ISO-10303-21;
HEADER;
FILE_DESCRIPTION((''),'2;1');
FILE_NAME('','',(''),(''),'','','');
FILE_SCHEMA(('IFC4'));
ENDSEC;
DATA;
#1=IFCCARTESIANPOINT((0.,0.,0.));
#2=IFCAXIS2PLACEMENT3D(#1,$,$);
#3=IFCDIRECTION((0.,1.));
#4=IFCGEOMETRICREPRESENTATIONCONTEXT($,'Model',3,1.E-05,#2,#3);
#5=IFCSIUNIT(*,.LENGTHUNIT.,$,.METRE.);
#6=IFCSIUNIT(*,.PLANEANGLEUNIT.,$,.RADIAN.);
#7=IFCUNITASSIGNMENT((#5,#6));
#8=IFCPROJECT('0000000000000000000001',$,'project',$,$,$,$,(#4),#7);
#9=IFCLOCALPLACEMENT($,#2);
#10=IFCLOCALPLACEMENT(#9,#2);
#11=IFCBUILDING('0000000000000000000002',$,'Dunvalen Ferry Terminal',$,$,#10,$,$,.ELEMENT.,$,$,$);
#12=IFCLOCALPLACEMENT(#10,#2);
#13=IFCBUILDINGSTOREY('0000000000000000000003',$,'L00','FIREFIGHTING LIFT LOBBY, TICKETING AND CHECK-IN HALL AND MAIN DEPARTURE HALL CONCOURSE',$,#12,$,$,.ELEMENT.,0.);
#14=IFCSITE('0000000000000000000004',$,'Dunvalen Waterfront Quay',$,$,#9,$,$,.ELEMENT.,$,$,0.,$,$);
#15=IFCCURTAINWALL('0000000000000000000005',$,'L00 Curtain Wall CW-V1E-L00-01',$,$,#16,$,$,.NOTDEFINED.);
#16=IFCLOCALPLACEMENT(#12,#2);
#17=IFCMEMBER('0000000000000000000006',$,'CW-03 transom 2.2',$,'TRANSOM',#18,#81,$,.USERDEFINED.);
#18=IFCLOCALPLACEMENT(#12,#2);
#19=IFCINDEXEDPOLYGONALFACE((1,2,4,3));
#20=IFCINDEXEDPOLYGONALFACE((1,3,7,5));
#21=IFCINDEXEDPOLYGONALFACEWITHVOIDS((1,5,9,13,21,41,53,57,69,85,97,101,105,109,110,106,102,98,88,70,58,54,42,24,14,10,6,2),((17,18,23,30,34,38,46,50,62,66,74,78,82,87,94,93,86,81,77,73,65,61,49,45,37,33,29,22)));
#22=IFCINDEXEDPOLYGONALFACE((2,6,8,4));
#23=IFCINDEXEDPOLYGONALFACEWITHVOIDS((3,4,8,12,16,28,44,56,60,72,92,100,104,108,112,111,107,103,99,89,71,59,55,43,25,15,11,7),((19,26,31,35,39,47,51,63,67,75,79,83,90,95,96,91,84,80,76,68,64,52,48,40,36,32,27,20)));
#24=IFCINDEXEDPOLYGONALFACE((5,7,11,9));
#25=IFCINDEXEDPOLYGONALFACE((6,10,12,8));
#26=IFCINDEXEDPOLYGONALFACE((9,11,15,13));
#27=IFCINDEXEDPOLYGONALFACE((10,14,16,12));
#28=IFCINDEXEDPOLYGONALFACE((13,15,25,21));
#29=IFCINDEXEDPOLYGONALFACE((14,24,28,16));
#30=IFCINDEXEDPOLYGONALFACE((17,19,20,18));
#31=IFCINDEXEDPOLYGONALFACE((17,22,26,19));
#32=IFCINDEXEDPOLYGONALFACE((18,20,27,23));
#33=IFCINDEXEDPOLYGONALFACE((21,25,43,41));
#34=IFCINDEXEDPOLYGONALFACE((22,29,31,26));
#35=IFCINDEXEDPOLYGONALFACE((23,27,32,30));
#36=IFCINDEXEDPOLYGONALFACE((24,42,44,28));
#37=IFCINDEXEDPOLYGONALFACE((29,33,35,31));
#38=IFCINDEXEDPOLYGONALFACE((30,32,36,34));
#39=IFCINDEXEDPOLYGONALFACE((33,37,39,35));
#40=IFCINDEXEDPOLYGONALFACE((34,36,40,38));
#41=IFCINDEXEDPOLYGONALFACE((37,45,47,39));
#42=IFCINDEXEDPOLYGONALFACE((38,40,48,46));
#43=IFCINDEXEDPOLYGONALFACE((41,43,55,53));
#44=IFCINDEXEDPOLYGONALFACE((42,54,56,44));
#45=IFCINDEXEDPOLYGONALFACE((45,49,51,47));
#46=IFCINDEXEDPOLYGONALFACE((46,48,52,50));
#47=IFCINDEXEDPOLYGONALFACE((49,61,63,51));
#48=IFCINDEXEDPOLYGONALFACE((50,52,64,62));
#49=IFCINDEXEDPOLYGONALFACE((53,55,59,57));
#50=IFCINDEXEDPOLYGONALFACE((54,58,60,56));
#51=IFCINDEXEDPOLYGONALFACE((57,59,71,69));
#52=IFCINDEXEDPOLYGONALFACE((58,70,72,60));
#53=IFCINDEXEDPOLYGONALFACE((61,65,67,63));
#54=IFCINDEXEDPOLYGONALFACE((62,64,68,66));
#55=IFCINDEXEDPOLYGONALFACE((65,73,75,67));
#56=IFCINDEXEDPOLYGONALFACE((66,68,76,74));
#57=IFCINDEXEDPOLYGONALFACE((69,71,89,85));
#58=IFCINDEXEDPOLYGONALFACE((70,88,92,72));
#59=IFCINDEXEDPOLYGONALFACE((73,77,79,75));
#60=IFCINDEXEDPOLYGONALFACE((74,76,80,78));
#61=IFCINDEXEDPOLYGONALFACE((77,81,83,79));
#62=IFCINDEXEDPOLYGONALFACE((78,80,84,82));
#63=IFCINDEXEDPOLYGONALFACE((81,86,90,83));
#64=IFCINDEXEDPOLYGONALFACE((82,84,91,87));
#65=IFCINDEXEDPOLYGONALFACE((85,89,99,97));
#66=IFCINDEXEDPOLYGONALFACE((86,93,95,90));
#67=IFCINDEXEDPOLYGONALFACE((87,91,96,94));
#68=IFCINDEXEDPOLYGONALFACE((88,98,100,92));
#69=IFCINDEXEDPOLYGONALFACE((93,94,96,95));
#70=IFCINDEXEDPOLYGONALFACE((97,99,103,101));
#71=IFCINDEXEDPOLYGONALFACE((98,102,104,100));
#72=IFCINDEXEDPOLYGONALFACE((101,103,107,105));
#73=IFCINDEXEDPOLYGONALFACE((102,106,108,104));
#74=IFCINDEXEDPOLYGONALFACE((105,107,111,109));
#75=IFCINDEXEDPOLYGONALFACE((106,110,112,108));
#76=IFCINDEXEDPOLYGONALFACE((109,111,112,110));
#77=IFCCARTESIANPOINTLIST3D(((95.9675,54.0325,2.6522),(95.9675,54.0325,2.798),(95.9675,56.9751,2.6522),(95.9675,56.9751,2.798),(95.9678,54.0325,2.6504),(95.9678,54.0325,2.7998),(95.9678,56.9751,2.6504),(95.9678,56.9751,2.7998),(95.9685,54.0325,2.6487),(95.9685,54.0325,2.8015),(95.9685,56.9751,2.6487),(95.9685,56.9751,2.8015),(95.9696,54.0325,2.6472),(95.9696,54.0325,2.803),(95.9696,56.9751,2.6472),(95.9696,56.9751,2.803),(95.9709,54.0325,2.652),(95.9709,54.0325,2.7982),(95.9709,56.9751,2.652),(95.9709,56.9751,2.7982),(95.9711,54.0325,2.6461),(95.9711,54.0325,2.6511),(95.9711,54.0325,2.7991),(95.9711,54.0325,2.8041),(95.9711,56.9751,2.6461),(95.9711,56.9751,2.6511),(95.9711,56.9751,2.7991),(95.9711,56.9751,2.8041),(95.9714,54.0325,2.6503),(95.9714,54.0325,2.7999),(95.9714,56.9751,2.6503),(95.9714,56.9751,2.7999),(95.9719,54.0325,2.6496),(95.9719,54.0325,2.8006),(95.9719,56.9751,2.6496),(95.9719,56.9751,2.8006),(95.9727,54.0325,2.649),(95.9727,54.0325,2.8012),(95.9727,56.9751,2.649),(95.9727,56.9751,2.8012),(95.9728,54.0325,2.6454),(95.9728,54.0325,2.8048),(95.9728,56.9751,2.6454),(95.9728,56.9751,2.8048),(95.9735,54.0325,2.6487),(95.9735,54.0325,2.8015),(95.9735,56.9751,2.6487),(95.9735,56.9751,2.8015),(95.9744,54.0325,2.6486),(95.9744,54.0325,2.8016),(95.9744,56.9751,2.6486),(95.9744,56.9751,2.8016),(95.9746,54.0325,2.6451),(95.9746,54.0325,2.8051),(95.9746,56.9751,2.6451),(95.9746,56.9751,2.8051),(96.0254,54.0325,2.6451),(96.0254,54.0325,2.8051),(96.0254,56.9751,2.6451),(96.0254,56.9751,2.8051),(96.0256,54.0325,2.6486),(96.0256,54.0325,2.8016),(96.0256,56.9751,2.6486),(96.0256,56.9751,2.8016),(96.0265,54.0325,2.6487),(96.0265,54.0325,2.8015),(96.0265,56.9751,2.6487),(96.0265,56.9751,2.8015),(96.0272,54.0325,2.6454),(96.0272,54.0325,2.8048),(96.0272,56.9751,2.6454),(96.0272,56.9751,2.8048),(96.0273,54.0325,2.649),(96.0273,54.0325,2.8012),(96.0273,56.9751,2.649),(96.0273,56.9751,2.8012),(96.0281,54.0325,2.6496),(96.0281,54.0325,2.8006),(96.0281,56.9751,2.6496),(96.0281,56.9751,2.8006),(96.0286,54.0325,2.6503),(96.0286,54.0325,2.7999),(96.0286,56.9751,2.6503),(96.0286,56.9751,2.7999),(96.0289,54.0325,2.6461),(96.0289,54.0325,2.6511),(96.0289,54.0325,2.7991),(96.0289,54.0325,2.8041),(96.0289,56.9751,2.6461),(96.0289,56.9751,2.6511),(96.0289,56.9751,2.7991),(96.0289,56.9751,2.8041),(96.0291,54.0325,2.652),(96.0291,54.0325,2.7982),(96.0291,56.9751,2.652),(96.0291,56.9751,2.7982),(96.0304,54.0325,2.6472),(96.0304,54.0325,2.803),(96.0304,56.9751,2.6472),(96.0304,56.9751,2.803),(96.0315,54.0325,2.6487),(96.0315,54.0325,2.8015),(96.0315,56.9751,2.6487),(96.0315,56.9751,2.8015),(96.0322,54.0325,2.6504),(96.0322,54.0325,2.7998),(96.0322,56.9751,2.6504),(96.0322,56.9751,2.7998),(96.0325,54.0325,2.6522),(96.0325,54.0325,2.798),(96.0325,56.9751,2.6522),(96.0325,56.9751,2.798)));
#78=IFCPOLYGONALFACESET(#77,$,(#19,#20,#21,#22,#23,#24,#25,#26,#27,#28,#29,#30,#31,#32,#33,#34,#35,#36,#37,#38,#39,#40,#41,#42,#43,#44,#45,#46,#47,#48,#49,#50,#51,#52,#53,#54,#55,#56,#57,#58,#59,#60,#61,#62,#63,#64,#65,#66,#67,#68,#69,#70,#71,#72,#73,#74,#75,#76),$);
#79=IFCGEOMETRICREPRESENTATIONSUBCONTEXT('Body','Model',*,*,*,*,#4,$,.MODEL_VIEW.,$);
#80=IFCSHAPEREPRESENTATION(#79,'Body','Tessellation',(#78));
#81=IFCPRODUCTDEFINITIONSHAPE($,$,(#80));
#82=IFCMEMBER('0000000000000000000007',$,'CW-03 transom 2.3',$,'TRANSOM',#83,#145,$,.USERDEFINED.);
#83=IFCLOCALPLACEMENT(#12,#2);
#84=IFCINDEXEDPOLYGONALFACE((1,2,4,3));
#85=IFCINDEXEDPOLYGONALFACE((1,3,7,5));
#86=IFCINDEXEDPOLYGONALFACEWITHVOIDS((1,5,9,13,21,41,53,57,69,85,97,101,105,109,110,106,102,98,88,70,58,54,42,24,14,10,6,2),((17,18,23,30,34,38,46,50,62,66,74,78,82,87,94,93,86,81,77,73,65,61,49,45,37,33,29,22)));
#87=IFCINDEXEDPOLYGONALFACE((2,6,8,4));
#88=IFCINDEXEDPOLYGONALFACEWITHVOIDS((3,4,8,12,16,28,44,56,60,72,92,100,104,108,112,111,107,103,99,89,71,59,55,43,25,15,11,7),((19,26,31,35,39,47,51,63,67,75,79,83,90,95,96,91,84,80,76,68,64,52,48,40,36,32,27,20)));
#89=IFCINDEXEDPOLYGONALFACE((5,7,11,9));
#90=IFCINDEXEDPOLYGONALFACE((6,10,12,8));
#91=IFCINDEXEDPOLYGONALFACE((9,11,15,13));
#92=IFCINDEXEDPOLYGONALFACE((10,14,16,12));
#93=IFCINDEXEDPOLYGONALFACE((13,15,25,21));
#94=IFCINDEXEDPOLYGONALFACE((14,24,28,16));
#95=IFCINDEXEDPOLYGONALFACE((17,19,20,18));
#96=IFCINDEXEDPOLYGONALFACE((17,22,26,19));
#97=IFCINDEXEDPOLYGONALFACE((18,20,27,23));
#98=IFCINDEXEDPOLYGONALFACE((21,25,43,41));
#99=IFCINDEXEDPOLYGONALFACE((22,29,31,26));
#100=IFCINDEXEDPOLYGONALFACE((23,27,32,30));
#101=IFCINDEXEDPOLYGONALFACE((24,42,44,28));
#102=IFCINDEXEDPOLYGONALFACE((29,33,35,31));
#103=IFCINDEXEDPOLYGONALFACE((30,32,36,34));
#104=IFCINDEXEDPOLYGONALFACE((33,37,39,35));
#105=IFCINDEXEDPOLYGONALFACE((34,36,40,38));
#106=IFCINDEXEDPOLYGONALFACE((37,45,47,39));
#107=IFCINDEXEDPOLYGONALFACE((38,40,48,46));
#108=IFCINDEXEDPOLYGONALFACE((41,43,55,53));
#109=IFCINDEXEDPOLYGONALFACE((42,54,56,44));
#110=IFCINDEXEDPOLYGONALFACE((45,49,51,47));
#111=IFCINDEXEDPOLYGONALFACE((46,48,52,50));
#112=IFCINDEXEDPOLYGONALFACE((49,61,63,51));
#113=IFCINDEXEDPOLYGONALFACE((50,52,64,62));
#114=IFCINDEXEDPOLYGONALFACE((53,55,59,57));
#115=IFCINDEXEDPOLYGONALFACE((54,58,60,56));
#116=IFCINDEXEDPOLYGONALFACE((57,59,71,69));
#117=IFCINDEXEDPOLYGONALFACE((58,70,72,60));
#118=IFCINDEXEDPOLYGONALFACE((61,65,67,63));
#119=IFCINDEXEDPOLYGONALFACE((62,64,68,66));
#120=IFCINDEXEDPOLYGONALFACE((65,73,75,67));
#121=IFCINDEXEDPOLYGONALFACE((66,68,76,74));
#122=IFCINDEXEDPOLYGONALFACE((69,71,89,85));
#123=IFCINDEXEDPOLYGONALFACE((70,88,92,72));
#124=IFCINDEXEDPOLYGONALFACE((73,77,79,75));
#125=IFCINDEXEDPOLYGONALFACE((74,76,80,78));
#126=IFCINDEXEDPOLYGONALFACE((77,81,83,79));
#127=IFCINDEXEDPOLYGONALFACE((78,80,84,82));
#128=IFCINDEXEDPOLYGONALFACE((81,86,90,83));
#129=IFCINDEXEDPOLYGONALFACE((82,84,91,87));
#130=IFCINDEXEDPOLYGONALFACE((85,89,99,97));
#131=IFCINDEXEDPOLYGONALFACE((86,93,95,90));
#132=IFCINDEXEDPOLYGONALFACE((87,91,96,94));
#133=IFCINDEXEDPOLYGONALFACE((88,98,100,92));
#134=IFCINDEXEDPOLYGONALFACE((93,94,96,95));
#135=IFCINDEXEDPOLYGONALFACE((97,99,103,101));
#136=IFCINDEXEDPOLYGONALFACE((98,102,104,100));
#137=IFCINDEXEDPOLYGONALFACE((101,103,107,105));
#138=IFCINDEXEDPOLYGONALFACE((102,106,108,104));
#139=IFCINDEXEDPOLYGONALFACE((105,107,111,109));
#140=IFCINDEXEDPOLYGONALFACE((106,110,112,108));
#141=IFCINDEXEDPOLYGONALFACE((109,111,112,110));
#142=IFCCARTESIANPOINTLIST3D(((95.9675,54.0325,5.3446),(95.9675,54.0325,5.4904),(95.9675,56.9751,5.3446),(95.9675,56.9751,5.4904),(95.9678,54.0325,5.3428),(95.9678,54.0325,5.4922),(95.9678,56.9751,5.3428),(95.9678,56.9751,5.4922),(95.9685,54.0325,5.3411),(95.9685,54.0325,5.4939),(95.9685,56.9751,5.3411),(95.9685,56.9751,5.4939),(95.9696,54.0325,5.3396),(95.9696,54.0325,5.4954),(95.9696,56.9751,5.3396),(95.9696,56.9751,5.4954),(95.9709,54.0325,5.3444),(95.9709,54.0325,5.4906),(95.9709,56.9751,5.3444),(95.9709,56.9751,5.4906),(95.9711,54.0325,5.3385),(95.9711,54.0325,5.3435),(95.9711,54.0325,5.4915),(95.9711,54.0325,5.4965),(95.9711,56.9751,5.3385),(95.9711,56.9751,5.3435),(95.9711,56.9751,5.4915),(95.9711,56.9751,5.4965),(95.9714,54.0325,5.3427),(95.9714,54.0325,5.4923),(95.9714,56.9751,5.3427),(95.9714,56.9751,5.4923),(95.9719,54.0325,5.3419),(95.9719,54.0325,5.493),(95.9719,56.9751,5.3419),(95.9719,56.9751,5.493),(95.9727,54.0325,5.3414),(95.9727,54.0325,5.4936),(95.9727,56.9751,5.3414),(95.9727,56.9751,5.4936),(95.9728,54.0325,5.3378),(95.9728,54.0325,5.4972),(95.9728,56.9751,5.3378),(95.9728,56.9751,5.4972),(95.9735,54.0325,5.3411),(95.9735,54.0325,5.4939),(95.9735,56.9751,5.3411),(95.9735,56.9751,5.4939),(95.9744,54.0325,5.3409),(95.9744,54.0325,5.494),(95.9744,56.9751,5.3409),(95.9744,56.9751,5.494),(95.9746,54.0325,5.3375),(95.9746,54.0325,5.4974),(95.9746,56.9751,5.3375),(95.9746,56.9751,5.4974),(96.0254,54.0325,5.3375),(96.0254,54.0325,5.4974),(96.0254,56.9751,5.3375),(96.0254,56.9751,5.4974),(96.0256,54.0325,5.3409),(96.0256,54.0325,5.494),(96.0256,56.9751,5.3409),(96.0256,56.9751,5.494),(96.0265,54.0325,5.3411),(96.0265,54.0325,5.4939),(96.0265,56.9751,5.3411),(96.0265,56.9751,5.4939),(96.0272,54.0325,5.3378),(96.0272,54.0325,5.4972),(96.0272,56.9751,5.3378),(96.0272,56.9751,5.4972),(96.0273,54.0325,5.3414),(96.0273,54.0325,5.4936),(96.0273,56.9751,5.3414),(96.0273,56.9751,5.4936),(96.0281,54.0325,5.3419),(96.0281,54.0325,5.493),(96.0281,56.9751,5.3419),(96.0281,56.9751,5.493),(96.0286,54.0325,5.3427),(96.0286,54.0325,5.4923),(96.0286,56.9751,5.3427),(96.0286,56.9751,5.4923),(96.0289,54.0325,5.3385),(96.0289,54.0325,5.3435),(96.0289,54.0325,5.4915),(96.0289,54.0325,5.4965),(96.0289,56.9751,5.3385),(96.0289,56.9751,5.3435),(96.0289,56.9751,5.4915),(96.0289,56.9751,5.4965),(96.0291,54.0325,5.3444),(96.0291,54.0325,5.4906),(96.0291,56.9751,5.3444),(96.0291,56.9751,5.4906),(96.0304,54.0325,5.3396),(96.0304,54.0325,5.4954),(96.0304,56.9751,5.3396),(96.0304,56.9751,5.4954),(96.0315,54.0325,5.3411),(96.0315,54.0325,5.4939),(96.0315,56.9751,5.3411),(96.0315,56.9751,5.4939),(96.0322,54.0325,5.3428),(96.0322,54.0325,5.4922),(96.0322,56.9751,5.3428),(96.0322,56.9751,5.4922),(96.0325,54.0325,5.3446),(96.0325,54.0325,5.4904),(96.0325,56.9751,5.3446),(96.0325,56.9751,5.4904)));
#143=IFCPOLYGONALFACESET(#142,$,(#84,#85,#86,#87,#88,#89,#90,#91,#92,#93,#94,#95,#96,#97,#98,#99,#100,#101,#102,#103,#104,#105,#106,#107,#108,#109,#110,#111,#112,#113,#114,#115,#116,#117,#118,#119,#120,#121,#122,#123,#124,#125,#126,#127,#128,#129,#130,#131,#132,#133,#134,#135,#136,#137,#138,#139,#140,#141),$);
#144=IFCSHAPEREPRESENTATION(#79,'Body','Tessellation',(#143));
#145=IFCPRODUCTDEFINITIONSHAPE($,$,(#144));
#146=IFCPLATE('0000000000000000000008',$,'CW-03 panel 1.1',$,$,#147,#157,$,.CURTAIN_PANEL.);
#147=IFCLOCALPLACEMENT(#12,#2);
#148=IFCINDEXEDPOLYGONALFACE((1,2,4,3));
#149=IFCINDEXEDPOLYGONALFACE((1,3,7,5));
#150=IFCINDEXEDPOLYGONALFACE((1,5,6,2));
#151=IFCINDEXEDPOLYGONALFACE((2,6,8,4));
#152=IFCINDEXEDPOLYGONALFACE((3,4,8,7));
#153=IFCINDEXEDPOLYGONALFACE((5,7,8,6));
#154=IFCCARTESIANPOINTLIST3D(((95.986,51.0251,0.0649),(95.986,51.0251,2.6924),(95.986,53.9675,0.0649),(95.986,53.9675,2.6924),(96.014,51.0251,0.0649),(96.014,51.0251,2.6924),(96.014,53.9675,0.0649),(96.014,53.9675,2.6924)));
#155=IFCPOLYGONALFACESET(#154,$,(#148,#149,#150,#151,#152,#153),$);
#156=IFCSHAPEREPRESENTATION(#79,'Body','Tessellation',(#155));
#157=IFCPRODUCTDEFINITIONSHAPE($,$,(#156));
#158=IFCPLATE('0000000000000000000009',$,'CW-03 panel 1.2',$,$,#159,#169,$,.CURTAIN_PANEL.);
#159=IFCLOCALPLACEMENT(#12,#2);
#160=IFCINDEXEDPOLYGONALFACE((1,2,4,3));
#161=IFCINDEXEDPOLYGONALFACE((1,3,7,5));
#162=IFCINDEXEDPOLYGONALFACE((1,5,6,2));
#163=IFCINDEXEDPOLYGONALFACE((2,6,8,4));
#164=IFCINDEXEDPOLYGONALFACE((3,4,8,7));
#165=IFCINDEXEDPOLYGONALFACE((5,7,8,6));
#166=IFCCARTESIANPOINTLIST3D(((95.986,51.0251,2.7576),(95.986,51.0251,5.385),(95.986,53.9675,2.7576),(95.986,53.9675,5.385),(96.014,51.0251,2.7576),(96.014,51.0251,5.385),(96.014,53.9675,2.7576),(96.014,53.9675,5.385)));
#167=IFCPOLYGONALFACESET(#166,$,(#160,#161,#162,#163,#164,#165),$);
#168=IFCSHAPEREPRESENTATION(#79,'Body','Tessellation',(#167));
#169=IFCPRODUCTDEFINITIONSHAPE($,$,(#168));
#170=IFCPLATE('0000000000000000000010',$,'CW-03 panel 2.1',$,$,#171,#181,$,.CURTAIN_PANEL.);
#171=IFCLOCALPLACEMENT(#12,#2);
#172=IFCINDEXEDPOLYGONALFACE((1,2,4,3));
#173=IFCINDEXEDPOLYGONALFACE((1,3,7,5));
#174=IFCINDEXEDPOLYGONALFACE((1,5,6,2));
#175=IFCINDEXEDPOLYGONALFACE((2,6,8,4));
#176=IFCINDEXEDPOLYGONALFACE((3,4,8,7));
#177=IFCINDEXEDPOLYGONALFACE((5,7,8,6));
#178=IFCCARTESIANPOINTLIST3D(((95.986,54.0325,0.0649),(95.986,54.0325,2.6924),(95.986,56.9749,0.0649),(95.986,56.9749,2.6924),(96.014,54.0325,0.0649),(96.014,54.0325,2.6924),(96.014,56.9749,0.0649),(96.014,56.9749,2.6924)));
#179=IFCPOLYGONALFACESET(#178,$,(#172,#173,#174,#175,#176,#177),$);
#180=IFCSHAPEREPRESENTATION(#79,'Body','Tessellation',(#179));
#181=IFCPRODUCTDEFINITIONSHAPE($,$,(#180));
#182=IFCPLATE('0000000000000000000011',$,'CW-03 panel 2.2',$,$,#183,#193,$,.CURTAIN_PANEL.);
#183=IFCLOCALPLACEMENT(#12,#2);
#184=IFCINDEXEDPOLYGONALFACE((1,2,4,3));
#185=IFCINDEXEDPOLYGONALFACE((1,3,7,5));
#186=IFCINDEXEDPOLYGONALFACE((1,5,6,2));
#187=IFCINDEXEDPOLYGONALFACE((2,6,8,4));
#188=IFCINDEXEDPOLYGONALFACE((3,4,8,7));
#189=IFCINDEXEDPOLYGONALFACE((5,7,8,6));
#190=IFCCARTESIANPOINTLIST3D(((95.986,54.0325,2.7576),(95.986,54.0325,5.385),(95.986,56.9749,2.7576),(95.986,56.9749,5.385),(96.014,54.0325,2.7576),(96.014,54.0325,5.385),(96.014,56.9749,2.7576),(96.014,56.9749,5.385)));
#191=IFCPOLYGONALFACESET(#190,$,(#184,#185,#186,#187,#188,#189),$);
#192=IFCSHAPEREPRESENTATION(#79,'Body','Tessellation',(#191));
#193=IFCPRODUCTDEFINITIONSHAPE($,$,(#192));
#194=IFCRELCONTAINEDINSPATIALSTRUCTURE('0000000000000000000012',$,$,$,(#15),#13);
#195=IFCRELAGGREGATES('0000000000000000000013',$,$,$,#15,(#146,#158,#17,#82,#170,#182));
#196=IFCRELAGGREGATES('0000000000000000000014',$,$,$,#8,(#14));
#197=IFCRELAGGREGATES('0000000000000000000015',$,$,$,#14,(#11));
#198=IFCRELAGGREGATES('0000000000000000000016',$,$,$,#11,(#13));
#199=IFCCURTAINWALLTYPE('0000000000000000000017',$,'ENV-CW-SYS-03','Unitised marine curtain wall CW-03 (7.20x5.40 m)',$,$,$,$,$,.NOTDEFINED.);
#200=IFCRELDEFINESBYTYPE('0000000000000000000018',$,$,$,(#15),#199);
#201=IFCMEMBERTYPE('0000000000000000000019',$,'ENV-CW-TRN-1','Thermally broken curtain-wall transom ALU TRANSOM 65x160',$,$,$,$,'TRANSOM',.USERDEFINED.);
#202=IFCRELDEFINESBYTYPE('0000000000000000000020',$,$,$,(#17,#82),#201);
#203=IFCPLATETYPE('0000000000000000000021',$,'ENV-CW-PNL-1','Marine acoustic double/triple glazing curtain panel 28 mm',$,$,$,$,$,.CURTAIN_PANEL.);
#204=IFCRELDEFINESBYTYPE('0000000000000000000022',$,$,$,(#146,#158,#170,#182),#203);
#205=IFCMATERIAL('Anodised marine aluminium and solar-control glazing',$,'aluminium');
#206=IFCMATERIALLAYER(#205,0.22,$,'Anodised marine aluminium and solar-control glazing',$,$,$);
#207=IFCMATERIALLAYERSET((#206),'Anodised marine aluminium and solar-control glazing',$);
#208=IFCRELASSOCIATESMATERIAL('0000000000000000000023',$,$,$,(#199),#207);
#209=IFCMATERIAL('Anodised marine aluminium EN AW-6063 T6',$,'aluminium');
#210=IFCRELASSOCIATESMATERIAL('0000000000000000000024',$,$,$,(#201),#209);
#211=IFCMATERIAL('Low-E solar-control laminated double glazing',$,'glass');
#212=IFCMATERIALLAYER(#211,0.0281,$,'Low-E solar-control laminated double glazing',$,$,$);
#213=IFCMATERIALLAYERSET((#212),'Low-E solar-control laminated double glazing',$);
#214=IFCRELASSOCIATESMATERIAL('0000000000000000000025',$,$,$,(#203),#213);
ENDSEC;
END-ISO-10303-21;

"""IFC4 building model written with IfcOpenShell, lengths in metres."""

from ifc_helpers import new_model, si_unit, direction, frame, origin, origin_2d, place, context, subcontext, project, spatial, rectangle, hollow_rectangle, extrude, material, layer, layer_set, material_profile, profile_set, type_object, element, aggregate, save


model = new_model("IFC4")

# Units and contexts
model_context = context("Model", 3, precision=1e-05, world=origin(), true_north=direction((0.0, 1.0)))
body_context = subcontext(model_context, "Body", "Model", "MODEL_VIEW")
ifc_project = project(units=[si_unit("LENGTHUNIT", "METRE"), si_unit("PLANEANGLEUNIT", "RADIAN")], contexts=[model_context])

# Site, building, storey
site_placement = place(None, origin())
site = spatial("IfcSite", under=ifc_project, at=site_placement, Name="Dunvalen Waterfront Quay", CompositionType="ELEMENT", RefElevation=0.0)
building_placement = place(site_placement, origin())
building = spatial("IfcBuilding", under=site, at=building_placement, Name="Dunvalen Ferry Terminal", CompositionType="ELEMENT")
storey_placement = place(building_placement, origin())
storey = spatial("IfcBuildingStorey", under=building, at=storey_placement, Name="L00", Description="FIREFIGHTING LIFT LOBBY, TICKETING AND CHECK-IN HALL AND MAIN DEPARTURE HALL CONCOURSE", CompositionType="ELEMENT", Elevation=0.0)

# Shared definitions
ifc_material_1 = material(Name="Anodised marine aluminium and solar-control glazing", Category="aluminium")
ifc_material_2 = material(Name="Anodised marine aluminium EN AW-6063 T6", Category="aluminium")

# Curtain wall
ifc_layer_1 = layer(ifc_material_1, 0.22, Name="Anodised marine aluminium and solar-control glazing")
ifc_layer_set_1 = layer_set([ifc_layer_1], Name="Anodised marine aluminium and solar-control glazing")
curtain_wall_type_1 = type_object("IfcCurtainWallType", Name="ENV-CW-SYS-03", Description="Unitised marine curtain wall CW-03 (7.20x5.40 m)", PredefinedType="NOTDEFINED", material=ifc_layer_set_1)
curtain_wall_1_placement = place(storey_placement, origin())
curtain_wall_1 = element("IfcCurtainWall", 1, at=curtain_wall_1_placement, inside=storey, type_object=curtain_wall_type_1, Name="L00 Curtain Wall CW-V1E-L00-01", PredefinedType="NOTDEFINED")

# Members
ifc_material_profile_1 = material_profile(ifc_material_2, hollow_rectangle(XDim=0.0649, YDim=0.1599, WallThickness=0.0034, InnerFilletRadius=0.0034, OuterFilletRadius=0.0071, at=origin_2d()), Name="Anodised marine aluminium EN AW-6063 T6")
ifc_profile_set_1 = profile_set([ifc_material_profile_1], Name="Anodised marine aluminium EN AW-6063 T6")
member_type_1 = type_object("IfcMemberType", Name="ENV-CW-TRN-1", Description="Thermally broken curtain-wall transom ALU TRANSOM 65x160", ElementType="TRANSOM", PredefinedType="USERDEFINED", material=ifc_profile_set_1)
member_1_placement = place(storey_placement, frame((96.0, 54.0325, 2.7251), z_axis=(0.0, 1.0, 0.0), x_axis=(-1.0, 0.0, 0.0)))
member_1 = element("IfcMember", 2, at=member_1_placement, type_object=member_type_1, Name="CW-03 transom 2.2", ObjectType="TRANSOM", PredefinedType="USERDEFINED", context=body_context, shape_type="SweptSolid", body=[
    extrude(hollow_rectangle(XDim=0.0649, YDim=0.1599, WallThickness=0.0034, InnerFilletRadius=0.0034, OuterFilletRadius=0.0071, at=origin_2d()), origin(), (0.0, 0.0, 1.0), 2.9426),
])
member_2_placement = place(storey_placement, frame((96.0, 54.0325, 5.4175), z_axis=(0.0, 1.0, 0.0), x_axis=(-1.0, 0.0, 0.0)))
member_2 = element("IfcMember", 3, at=member_2_placement, type_object=member_type_1, Name="CW-03 transom 2.3", ObjectType="TRANSOM", PredefinedType="USERDEFINED", context=body_context, shape_type="SweptSolid", body=[
    extrude(hollow_rectangle(XDim=0.0649, YDim=0.1599, WallThickness=0.0034, InnerFilletRadius=0.0034, OuterFilletRadius=0.0071, at=origin_2d()), origin(), (0.0, 0.0, 1.0), 2.9426),
])

# Plates
ifc_material_3 = material(Name="Low-E solar-control laminated double glazing", Category="glass")
ifc_layer_2 = layer(ifc_material_3, 0.0281, Name="Low-E solar-control laminated double glazing")
ifc_layer_set_2 = layer_set([ifc_layer_2], Name="Low-E solar-control laminated double glazing")
plate_type_1 = type_object("IfcPlateType", Name="ENV-CW-PNL-1", Description="Marine acoustic double/triple glazing curtain panel 28 mm", PredefinedType="CURTAIN_PANEL", material=ifc_layer_set_2)
plate_1_placement = place(storey_placement, frame((96.0, 52.4963, 0.0649), z_axis=(0.0, 0.0, 1.0), x_axis=(0.0, 1.0, 0.0)))
plate_1 = element("IfcPlate", 4, at=plate_1_placement, type_object=plate_type_1, Name="CW-03 panel 1.1", PredefinedType="CURTAIN_PANEL", context=body_context, shape_type="SweptSolid", body=[
    extrude(rectangle(XDim=2.9424, YDim=0.0281, at=origin_2d()), origin(), (0.0, 0.0, 1.0), 2.6274),
])
plate_2_placement = place(storey_placement, frame((96.0, 52.4963, 2.7576), z_axis=(0.0, 0.0, 1.0), x_axis=(0.0, 1.0, 0.0)))
plate_2 = element("IfcPlate", 5, at=plate_2_placement, type_object=plate_type_1, Name="CW-03 panel 1.2", PredefinedType="CURTAIN_PANEL", context=body_context, shape_type="SweptSolid", body=[
    extrude(rectangle(XDim=2.9424, YDim=0.0281, at=origin_2d()), origin(), (0.0, 0.0, 1.0), 2.6274),
])
plate_3_placement = place(storey_placement, frame((96.0, 55.5037, 0.0649), z_axis=(0.0, 0.0, 1.0), x_axis=(0.0, 1.0, 0.0)))
plate_3 = element("IfcPlate", 6, at=plate_3_placement, type_object=plate_type_1, Name="CW-03 panel 2.1", PredefinedType="CURTAIN_PANEL", context=body_context, shape_type="SweptSolid", body=[
    extrude(rectangle(XDim=2.9424, YDim=0.0281, at=origin_2d()), origin(), (0.0, 0.0, 1.0), 2.6274),
])
plate_4_placement = place(storey_placement, frame((96.0, 55.5037, 2.7576), z_axis=(0.0, 0.0, 1.0), x_axis=(0.0, 1.0, 0.0)))
plate_4 = element("IfcPlate", 7, at=plate_4_placement, type_object=plate_type_1, Name="CW-03 panel 2.2", PredefinedType="CURTAIN_PANEL", context=body_context, shape_type="SweptSolid", body=[
    extrude(rectangle(XDim=2.9424, YDim=0.0281, at=origin_2d()), origin(), (0.0, 0.0, 1.0), 2.6274),
])
aggregate(curtain_wall_1, [plate_1, plate_2, member_1, member_2, plate_3, plate_4])

save(model, "model.ifc")
